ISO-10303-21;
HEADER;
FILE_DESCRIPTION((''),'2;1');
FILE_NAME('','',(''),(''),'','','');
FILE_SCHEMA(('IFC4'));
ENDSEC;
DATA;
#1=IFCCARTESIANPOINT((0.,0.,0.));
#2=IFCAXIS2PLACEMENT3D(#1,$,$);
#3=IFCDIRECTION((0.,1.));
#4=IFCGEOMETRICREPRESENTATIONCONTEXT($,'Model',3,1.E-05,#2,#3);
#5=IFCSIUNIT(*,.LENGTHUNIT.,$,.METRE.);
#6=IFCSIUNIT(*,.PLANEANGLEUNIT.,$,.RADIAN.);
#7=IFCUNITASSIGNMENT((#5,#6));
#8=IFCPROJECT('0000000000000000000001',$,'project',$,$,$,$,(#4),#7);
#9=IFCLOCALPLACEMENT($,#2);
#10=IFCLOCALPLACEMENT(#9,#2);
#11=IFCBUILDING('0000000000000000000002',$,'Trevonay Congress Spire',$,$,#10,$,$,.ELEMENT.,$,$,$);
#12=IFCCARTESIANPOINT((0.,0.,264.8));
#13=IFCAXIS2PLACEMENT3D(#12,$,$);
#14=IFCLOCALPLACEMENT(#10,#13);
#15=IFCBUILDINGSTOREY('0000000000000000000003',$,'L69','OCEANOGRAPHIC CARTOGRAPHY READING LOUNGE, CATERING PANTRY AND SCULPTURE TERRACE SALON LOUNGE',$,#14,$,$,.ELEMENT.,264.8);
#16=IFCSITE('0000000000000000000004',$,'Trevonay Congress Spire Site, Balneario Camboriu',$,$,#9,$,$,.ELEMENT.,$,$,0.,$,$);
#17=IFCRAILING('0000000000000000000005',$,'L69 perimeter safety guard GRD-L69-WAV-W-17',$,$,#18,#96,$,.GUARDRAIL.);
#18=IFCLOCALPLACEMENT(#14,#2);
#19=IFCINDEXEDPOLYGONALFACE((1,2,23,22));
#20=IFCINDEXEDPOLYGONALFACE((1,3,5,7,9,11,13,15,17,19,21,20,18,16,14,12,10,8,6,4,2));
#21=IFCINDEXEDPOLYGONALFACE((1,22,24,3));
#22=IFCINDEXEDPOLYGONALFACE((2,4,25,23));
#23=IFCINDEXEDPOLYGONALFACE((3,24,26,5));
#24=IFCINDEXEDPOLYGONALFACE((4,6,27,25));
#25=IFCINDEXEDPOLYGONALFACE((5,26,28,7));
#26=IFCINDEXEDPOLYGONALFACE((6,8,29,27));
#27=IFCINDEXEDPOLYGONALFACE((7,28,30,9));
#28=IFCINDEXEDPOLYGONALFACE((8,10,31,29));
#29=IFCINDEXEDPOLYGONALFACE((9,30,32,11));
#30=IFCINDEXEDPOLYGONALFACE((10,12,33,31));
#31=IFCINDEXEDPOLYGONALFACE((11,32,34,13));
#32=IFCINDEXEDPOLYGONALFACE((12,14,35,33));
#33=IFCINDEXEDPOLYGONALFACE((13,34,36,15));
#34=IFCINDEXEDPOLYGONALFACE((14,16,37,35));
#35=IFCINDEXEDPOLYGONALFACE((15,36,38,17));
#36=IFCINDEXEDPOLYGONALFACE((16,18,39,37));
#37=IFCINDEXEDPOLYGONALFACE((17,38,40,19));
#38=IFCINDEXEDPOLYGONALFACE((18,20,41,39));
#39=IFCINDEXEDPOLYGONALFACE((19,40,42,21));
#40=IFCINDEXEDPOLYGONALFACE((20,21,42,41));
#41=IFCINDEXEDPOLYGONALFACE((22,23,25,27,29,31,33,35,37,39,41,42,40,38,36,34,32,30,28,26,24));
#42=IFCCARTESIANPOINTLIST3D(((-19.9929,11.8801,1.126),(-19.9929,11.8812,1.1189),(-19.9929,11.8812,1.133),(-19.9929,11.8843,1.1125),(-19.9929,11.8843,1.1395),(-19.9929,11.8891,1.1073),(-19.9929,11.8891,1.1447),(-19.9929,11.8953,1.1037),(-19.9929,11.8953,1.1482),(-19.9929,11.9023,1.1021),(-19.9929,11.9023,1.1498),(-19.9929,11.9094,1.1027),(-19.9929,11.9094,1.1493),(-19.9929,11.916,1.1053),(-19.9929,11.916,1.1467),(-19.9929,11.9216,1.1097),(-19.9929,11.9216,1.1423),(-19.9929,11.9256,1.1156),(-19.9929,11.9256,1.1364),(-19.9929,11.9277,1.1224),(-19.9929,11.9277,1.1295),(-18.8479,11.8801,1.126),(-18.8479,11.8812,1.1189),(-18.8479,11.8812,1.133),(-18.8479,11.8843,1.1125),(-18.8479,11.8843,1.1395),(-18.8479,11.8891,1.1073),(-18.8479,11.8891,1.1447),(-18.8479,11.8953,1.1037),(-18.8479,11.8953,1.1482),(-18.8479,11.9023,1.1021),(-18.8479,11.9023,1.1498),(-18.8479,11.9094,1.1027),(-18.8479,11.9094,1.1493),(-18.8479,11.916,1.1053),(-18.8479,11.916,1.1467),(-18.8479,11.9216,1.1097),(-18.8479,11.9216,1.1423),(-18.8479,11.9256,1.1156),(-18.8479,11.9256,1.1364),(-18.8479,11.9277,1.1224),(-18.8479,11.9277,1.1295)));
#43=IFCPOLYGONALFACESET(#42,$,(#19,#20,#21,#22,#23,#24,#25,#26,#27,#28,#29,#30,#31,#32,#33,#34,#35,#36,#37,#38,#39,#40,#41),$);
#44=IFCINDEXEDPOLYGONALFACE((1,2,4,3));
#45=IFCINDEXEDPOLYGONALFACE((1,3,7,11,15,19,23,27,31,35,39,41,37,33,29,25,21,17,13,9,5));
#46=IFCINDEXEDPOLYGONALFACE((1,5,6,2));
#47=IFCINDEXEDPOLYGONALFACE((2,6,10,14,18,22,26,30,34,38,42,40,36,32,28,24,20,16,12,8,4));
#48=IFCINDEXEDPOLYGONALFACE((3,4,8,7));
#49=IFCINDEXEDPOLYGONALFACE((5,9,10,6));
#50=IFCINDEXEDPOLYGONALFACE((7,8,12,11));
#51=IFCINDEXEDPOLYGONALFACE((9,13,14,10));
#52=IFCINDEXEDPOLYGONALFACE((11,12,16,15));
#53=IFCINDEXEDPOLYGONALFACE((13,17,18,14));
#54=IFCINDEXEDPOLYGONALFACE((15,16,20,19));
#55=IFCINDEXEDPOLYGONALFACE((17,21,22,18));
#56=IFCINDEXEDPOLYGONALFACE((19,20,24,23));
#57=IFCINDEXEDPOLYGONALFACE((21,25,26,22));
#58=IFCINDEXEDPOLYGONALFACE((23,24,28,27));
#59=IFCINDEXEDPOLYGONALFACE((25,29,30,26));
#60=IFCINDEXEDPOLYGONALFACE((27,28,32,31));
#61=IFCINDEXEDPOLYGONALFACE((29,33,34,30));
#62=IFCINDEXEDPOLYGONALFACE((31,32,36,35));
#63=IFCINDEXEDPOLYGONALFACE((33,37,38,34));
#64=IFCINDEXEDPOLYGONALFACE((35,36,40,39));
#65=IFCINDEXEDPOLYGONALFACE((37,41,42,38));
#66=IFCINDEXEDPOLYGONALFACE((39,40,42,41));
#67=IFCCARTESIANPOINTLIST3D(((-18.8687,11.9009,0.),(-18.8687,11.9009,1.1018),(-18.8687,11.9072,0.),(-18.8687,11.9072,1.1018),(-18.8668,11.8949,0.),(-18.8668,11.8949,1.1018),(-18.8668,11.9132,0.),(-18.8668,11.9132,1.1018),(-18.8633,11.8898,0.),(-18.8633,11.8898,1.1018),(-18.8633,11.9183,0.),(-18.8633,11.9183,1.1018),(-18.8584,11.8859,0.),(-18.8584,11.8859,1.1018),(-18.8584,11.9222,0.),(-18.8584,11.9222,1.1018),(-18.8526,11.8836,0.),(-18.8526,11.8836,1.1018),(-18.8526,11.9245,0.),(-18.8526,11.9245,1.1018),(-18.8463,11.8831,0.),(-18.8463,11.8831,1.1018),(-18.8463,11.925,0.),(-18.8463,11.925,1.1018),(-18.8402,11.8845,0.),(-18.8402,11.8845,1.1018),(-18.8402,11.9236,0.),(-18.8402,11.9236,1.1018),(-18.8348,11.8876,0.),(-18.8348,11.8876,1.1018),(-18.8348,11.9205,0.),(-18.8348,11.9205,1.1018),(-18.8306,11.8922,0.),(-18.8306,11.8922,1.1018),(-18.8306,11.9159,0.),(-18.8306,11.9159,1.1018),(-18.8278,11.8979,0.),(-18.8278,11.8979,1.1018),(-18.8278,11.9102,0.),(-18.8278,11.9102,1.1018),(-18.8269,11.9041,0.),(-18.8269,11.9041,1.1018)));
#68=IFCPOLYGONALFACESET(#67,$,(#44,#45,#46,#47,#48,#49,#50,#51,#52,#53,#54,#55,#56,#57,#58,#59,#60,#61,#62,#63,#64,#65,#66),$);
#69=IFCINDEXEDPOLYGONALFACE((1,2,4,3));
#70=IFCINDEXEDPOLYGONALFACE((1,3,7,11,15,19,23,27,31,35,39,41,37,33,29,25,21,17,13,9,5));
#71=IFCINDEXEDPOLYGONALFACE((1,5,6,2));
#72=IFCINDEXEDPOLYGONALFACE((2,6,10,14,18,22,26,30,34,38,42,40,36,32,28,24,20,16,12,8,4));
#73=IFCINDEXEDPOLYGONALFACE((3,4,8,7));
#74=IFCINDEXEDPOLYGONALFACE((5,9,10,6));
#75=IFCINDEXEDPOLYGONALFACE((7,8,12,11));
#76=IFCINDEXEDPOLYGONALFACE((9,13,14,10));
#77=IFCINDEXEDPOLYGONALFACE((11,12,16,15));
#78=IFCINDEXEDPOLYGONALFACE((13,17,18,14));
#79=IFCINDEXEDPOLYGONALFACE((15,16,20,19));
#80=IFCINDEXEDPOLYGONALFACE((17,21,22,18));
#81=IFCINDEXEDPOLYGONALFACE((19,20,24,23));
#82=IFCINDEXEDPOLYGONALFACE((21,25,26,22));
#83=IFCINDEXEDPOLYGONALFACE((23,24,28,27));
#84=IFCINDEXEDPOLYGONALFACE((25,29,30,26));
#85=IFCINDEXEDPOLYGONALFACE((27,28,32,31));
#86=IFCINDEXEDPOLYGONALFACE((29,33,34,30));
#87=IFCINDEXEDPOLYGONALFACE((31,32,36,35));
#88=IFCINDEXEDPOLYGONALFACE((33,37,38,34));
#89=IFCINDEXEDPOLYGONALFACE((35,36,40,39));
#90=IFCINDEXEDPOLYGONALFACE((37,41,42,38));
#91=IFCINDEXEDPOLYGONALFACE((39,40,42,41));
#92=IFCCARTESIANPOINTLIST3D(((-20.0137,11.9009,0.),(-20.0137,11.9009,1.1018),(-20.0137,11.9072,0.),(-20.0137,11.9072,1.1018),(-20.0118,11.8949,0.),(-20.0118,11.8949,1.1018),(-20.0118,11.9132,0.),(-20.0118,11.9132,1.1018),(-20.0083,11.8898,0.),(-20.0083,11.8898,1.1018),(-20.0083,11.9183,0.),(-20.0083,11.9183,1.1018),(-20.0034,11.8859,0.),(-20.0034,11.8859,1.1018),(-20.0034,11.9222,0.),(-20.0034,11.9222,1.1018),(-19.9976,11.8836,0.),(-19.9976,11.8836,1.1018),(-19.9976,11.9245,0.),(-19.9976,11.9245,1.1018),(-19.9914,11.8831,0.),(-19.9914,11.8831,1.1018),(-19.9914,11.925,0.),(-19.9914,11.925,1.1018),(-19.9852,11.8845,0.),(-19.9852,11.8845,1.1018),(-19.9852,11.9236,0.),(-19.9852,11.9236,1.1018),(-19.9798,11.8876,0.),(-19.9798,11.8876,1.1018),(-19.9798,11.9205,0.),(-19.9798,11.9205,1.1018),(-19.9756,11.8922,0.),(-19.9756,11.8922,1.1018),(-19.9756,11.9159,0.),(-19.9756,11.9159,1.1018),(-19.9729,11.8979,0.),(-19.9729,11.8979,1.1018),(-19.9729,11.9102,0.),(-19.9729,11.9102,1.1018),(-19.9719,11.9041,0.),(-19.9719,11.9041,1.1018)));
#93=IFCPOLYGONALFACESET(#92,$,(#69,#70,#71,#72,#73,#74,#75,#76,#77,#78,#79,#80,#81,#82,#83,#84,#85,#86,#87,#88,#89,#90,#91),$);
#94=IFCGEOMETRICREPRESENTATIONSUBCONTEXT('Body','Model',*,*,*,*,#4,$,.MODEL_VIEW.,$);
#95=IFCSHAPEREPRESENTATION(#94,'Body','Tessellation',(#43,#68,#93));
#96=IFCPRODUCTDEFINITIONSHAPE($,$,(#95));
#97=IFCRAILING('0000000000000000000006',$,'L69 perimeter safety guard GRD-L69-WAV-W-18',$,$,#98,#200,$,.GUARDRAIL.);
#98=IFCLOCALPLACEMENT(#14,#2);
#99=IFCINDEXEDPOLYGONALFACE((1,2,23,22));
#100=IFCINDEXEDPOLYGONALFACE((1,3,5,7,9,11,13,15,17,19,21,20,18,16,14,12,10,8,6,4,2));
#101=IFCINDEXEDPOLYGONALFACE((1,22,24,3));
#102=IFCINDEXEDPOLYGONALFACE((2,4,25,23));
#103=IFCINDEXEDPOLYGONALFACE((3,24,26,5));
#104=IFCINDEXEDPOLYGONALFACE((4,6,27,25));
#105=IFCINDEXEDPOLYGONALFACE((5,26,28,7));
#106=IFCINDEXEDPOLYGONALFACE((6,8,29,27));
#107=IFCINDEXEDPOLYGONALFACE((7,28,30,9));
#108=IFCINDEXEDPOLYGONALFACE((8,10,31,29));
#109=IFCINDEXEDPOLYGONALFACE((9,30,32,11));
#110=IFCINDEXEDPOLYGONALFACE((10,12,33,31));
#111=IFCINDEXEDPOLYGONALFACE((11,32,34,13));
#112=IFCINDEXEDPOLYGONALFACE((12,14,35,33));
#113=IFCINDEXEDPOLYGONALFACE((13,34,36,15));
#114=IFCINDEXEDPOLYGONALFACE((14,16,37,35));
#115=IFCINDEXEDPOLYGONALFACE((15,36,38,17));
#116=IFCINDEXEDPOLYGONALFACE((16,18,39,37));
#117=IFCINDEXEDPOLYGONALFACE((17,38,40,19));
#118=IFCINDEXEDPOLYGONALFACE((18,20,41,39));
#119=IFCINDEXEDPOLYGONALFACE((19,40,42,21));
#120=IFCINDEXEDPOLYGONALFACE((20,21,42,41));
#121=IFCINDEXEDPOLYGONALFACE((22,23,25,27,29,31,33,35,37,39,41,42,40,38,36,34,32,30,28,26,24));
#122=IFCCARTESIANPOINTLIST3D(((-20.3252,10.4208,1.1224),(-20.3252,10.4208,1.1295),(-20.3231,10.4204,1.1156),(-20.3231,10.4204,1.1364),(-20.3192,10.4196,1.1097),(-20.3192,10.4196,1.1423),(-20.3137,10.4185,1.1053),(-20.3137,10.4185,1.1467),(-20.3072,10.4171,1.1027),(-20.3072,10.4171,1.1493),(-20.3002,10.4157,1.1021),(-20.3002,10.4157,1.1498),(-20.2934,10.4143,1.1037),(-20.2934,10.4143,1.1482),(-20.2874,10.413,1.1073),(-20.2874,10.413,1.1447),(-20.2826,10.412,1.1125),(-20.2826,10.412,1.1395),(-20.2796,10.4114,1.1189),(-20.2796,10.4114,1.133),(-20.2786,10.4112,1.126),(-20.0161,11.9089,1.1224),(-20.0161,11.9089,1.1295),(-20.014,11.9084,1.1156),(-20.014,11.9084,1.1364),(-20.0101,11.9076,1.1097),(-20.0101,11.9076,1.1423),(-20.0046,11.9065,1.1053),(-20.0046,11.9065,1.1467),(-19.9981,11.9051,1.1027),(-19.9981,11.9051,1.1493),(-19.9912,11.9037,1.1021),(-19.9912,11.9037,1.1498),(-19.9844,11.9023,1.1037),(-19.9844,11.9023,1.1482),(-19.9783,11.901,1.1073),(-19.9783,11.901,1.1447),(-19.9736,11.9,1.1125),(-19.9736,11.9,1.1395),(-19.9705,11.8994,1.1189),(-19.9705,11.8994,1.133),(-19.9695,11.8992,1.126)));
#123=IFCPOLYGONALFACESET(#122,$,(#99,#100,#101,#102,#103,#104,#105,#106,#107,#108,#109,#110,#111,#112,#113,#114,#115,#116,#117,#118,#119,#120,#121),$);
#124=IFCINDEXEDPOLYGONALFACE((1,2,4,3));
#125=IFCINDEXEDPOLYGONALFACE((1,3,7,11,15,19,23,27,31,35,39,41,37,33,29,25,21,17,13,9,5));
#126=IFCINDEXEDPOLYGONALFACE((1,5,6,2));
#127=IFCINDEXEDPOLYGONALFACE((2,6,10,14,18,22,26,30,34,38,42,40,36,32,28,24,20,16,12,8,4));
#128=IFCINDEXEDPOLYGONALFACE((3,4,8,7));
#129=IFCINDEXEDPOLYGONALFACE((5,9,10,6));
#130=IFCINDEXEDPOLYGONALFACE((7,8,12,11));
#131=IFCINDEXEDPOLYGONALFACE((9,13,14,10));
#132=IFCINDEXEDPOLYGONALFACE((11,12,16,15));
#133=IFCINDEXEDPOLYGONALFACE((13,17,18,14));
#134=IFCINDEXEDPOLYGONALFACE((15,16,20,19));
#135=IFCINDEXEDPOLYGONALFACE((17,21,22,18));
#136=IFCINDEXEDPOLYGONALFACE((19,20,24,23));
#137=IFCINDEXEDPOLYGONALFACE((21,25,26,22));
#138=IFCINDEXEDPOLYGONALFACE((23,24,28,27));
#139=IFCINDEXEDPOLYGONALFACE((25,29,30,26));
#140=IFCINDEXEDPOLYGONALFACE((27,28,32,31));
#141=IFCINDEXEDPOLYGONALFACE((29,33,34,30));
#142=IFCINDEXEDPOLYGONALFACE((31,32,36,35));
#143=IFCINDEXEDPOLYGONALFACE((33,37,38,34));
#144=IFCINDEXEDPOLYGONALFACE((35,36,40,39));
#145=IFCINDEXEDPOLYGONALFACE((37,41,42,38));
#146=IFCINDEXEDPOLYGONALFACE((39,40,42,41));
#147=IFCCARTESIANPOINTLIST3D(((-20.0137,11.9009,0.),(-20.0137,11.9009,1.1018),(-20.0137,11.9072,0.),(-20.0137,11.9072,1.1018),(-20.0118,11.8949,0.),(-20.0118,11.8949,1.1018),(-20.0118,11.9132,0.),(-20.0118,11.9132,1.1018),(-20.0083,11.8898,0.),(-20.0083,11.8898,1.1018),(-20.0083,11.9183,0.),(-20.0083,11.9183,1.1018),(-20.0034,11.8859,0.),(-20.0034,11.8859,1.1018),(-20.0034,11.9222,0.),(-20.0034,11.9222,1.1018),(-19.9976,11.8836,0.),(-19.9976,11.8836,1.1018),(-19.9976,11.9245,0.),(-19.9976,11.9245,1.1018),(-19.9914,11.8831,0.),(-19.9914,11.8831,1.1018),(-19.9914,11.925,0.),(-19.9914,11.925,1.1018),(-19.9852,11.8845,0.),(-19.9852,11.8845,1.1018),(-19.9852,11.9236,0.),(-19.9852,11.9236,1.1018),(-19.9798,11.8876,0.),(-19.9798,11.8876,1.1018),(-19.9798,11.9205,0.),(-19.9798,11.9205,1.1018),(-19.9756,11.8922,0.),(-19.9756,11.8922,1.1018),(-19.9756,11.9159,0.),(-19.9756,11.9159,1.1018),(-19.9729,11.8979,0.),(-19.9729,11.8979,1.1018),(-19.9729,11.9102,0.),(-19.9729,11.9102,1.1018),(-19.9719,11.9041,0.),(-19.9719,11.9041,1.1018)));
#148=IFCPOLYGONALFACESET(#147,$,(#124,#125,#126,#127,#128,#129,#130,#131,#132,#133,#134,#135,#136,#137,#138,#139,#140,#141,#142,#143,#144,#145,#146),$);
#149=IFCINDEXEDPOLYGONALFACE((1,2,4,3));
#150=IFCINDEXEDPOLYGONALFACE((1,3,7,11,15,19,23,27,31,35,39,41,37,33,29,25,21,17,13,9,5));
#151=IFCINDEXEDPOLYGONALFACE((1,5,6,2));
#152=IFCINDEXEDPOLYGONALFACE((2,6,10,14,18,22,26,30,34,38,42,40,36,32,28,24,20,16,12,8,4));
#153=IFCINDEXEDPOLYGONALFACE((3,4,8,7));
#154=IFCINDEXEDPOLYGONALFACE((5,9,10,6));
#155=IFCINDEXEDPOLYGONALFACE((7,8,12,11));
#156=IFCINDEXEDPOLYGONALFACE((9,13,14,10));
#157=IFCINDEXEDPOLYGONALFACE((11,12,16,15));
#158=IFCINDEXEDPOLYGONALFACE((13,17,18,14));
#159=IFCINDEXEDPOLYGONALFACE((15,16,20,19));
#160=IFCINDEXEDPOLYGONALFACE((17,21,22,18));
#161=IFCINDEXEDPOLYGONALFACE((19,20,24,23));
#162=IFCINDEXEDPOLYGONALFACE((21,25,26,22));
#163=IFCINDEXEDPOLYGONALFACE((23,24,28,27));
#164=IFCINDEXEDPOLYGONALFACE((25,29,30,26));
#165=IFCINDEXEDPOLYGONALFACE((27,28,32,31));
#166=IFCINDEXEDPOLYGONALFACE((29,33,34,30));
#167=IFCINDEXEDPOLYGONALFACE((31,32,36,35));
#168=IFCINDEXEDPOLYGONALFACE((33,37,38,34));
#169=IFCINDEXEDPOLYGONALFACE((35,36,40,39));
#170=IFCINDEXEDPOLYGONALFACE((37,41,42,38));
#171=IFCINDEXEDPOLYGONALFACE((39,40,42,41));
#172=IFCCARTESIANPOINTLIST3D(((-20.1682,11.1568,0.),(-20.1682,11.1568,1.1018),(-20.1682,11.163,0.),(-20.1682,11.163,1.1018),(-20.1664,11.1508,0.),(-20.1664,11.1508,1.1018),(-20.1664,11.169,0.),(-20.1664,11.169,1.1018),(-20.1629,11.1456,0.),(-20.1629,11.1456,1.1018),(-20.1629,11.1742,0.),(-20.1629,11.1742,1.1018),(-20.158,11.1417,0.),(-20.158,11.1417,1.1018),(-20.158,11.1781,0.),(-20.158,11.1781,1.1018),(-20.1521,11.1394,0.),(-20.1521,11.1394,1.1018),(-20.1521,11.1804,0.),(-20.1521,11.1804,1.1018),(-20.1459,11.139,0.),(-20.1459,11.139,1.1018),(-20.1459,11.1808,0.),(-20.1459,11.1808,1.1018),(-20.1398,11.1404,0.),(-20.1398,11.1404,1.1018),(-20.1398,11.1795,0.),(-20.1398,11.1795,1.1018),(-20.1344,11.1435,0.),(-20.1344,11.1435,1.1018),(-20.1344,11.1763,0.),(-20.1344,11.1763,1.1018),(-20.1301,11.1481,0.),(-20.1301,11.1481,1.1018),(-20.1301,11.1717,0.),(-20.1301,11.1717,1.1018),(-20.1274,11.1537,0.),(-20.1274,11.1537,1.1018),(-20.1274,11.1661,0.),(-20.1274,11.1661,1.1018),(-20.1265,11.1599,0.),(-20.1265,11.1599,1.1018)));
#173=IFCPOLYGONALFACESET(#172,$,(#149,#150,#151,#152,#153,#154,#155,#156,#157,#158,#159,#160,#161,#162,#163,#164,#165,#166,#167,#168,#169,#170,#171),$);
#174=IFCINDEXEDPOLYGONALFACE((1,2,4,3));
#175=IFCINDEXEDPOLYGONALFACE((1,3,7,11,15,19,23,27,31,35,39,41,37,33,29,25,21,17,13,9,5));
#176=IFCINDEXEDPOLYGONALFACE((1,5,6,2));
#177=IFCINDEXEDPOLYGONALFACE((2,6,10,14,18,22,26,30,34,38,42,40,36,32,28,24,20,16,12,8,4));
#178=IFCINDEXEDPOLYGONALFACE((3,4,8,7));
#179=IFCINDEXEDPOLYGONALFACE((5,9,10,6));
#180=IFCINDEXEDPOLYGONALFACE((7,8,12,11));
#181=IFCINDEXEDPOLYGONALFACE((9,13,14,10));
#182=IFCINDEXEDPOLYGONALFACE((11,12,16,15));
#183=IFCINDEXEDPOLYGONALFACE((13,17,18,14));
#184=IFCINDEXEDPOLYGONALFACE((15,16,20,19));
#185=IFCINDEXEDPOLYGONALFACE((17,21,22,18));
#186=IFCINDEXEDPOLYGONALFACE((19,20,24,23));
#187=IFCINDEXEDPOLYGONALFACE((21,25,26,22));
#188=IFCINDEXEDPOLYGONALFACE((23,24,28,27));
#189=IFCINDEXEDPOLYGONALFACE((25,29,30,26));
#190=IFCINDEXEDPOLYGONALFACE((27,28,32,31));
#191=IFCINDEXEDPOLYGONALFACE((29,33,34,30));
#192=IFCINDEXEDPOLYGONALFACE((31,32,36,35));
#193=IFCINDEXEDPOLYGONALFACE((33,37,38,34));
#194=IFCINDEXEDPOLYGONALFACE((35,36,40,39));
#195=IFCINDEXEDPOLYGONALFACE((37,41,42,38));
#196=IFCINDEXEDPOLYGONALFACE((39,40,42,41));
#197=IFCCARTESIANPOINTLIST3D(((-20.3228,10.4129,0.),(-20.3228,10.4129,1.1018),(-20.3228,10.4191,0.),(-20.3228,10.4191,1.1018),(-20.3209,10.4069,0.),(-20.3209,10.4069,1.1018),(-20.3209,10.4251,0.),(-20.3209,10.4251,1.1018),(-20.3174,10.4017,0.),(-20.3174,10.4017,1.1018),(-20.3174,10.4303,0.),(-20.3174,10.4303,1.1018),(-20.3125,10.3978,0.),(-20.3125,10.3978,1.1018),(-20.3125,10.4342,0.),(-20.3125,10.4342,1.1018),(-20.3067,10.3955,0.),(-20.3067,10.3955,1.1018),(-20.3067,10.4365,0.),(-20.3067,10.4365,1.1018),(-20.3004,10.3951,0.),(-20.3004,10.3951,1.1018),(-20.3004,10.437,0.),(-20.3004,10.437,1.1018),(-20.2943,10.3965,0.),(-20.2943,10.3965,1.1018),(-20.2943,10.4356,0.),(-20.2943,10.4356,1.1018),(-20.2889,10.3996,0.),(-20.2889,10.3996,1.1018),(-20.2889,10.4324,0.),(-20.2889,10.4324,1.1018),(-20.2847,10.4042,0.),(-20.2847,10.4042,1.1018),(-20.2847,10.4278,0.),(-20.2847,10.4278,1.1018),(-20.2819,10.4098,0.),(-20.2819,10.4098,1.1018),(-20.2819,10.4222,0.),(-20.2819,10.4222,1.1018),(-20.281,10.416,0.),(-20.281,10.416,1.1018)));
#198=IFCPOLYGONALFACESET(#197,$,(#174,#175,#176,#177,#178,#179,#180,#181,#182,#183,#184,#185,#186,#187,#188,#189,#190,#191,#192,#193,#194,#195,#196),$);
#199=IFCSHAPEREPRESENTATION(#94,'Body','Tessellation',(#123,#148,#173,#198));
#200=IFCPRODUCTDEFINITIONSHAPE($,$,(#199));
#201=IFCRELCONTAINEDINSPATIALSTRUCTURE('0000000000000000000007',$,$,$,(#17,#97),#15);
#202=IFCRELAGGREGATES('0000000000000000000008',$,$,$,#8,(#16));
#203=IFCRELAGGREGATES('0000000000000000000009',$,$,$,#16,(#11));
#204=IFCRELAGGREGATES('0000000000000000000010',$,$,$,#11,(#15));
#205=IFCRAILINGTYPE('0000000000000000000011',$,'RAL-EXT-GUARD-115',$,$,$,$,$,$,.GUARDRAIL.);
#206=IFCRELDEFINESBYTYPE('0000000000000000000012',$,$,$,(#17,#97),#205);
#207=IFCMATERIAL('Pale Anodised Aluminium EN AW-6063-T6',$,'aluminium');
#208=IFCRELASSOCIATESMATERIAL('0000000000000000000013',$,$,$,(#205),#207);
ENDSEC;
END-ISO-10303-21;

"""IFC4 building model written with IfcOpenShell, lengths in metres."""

from ifc_helpers import new_model, si_unit, direction, frame, origin, origin_2d, place, context, subcontext, project, spatial, circle, extrude, material, type_object, element, save


model = new_model("IFC4")

# Units and contexts
model_context = context("Model", 3, precision=1e-05, world=origin(), true_north=direction((0.0, 1.0)))
body_context = subcontext(model_context, "Body", "Model", "MODEL_VIEW")
ifc_project = project(units=[si_unit("LENGTHUNIT", "METRE"), si_unit("PLANEANGLEUNIT", "RADIAN")], contexts=[model_context])

# Site, building, storey
site_placement = place(None, origin())
site = spatial("IfcSite", under=ifc_project, at=site_placement, Name="Trevonay Congress Spire Site, Balneario Camboriu", CompositionType="ELEMENT", RefElevation=0.0)
building_placement = place(site_placement, origin())
building = spatial("IfcBuilding", under=site, at=building_placement, Name="Trevonay Congress Spire", CompositionType="ELEMENT")
storey_placement = place(building_placement, frame((0.0, 0.0, 264.8)))
storey = spatial("IfcBuildingStorey", under=building, at=storey_placement, Name="L69", Description="OCEANOGRAPHIC CARTOGRAPHY READING LOUNGE, CATERING PANTRY AND SCULPTURE TERRACE SALON LOUNGE", CompositionType="ELEMENT", Elevation=264.8)

# Shared definitions
ifc_material_1 = material(Name="Pale Anodised Aluminium EN AW-6063-T6", Category="aluminium")

# Railings
railing_type = type_object("IfcRailingType", Name="RAL-EXT-GUARD-115", PredefinedType="GUARDRAIL", material=ifc_material_1)
railing_1_placement = place(storey_placement, frame((-18.8479, 11.9041, 0.0)))
element("IfcRailing", 1, at=railing_1_placement, inside=storey, type_object=railing_type, Name="L69 perimeter safety guard GRD-L69-WAV-W-17", PredefinedType="GUARDRAIL", context=body_context, shape_type="SweptSolid", body=[
    extrude(circle(Radius=0.0239, at=origin_2d()), frame((0.0, 0.0, 1.126), z_axis=(-1.0, 0.0, 0.0), x_axis=(0.0, -1.0, 0.0)), (0.0, 0.0, 1.0), 1.145),
    extrude(circle(Radius=0.021, at=origin_2d()), origin(), (0.0, 0.0, 1.0), 1.1018),
    extrude(circle(Radius=0.021, at=origin_2d()), frame((-1.145, 0.0, 0.0)), (0.0, 0.0, 1.0), 1.1018),
])
railing_2_placement = place(storey_placement, frame((-19.9929, 11.9041, 0.0)))
element("IfcRailing", 2, at=railing_2_placement, inside=storey, type_object=railing_type, Name="L69 perimeter safety guard GRD-L69-WAV-W-18", PredefinedType="GUARDRAIL", context=body_context, shape_type="SweptSolid", body=[
    extrude(circle(Radius=0.0239, at=origin_2d()), frame((0.0, 0.0, 1.126), z_axis=(-0.20337, -0.979102, 0.0), x_axis=(0.979102, -0.20337, 0.0)), (0.0, 0.0, 1.0), 1.5198),
    extrude(circle(Radius=0.021, at=origin_2d()), origin(), (0.0, 0.0, 1.0), 1.1018),
    extrude(circle(Radius=0.021, at=origin_2d()), frame((-0.1545, -0.7441, 0.0)), (0.0, 0.0, 1.0), 1.1018),
    extrude(circle(Radius=0.021, at=origin_2d()), frame((-0.3091, -1.488, 0.0)), (0.0, 0.0, 1.0), 1.1018),
])

save(model, "model.ifc")
